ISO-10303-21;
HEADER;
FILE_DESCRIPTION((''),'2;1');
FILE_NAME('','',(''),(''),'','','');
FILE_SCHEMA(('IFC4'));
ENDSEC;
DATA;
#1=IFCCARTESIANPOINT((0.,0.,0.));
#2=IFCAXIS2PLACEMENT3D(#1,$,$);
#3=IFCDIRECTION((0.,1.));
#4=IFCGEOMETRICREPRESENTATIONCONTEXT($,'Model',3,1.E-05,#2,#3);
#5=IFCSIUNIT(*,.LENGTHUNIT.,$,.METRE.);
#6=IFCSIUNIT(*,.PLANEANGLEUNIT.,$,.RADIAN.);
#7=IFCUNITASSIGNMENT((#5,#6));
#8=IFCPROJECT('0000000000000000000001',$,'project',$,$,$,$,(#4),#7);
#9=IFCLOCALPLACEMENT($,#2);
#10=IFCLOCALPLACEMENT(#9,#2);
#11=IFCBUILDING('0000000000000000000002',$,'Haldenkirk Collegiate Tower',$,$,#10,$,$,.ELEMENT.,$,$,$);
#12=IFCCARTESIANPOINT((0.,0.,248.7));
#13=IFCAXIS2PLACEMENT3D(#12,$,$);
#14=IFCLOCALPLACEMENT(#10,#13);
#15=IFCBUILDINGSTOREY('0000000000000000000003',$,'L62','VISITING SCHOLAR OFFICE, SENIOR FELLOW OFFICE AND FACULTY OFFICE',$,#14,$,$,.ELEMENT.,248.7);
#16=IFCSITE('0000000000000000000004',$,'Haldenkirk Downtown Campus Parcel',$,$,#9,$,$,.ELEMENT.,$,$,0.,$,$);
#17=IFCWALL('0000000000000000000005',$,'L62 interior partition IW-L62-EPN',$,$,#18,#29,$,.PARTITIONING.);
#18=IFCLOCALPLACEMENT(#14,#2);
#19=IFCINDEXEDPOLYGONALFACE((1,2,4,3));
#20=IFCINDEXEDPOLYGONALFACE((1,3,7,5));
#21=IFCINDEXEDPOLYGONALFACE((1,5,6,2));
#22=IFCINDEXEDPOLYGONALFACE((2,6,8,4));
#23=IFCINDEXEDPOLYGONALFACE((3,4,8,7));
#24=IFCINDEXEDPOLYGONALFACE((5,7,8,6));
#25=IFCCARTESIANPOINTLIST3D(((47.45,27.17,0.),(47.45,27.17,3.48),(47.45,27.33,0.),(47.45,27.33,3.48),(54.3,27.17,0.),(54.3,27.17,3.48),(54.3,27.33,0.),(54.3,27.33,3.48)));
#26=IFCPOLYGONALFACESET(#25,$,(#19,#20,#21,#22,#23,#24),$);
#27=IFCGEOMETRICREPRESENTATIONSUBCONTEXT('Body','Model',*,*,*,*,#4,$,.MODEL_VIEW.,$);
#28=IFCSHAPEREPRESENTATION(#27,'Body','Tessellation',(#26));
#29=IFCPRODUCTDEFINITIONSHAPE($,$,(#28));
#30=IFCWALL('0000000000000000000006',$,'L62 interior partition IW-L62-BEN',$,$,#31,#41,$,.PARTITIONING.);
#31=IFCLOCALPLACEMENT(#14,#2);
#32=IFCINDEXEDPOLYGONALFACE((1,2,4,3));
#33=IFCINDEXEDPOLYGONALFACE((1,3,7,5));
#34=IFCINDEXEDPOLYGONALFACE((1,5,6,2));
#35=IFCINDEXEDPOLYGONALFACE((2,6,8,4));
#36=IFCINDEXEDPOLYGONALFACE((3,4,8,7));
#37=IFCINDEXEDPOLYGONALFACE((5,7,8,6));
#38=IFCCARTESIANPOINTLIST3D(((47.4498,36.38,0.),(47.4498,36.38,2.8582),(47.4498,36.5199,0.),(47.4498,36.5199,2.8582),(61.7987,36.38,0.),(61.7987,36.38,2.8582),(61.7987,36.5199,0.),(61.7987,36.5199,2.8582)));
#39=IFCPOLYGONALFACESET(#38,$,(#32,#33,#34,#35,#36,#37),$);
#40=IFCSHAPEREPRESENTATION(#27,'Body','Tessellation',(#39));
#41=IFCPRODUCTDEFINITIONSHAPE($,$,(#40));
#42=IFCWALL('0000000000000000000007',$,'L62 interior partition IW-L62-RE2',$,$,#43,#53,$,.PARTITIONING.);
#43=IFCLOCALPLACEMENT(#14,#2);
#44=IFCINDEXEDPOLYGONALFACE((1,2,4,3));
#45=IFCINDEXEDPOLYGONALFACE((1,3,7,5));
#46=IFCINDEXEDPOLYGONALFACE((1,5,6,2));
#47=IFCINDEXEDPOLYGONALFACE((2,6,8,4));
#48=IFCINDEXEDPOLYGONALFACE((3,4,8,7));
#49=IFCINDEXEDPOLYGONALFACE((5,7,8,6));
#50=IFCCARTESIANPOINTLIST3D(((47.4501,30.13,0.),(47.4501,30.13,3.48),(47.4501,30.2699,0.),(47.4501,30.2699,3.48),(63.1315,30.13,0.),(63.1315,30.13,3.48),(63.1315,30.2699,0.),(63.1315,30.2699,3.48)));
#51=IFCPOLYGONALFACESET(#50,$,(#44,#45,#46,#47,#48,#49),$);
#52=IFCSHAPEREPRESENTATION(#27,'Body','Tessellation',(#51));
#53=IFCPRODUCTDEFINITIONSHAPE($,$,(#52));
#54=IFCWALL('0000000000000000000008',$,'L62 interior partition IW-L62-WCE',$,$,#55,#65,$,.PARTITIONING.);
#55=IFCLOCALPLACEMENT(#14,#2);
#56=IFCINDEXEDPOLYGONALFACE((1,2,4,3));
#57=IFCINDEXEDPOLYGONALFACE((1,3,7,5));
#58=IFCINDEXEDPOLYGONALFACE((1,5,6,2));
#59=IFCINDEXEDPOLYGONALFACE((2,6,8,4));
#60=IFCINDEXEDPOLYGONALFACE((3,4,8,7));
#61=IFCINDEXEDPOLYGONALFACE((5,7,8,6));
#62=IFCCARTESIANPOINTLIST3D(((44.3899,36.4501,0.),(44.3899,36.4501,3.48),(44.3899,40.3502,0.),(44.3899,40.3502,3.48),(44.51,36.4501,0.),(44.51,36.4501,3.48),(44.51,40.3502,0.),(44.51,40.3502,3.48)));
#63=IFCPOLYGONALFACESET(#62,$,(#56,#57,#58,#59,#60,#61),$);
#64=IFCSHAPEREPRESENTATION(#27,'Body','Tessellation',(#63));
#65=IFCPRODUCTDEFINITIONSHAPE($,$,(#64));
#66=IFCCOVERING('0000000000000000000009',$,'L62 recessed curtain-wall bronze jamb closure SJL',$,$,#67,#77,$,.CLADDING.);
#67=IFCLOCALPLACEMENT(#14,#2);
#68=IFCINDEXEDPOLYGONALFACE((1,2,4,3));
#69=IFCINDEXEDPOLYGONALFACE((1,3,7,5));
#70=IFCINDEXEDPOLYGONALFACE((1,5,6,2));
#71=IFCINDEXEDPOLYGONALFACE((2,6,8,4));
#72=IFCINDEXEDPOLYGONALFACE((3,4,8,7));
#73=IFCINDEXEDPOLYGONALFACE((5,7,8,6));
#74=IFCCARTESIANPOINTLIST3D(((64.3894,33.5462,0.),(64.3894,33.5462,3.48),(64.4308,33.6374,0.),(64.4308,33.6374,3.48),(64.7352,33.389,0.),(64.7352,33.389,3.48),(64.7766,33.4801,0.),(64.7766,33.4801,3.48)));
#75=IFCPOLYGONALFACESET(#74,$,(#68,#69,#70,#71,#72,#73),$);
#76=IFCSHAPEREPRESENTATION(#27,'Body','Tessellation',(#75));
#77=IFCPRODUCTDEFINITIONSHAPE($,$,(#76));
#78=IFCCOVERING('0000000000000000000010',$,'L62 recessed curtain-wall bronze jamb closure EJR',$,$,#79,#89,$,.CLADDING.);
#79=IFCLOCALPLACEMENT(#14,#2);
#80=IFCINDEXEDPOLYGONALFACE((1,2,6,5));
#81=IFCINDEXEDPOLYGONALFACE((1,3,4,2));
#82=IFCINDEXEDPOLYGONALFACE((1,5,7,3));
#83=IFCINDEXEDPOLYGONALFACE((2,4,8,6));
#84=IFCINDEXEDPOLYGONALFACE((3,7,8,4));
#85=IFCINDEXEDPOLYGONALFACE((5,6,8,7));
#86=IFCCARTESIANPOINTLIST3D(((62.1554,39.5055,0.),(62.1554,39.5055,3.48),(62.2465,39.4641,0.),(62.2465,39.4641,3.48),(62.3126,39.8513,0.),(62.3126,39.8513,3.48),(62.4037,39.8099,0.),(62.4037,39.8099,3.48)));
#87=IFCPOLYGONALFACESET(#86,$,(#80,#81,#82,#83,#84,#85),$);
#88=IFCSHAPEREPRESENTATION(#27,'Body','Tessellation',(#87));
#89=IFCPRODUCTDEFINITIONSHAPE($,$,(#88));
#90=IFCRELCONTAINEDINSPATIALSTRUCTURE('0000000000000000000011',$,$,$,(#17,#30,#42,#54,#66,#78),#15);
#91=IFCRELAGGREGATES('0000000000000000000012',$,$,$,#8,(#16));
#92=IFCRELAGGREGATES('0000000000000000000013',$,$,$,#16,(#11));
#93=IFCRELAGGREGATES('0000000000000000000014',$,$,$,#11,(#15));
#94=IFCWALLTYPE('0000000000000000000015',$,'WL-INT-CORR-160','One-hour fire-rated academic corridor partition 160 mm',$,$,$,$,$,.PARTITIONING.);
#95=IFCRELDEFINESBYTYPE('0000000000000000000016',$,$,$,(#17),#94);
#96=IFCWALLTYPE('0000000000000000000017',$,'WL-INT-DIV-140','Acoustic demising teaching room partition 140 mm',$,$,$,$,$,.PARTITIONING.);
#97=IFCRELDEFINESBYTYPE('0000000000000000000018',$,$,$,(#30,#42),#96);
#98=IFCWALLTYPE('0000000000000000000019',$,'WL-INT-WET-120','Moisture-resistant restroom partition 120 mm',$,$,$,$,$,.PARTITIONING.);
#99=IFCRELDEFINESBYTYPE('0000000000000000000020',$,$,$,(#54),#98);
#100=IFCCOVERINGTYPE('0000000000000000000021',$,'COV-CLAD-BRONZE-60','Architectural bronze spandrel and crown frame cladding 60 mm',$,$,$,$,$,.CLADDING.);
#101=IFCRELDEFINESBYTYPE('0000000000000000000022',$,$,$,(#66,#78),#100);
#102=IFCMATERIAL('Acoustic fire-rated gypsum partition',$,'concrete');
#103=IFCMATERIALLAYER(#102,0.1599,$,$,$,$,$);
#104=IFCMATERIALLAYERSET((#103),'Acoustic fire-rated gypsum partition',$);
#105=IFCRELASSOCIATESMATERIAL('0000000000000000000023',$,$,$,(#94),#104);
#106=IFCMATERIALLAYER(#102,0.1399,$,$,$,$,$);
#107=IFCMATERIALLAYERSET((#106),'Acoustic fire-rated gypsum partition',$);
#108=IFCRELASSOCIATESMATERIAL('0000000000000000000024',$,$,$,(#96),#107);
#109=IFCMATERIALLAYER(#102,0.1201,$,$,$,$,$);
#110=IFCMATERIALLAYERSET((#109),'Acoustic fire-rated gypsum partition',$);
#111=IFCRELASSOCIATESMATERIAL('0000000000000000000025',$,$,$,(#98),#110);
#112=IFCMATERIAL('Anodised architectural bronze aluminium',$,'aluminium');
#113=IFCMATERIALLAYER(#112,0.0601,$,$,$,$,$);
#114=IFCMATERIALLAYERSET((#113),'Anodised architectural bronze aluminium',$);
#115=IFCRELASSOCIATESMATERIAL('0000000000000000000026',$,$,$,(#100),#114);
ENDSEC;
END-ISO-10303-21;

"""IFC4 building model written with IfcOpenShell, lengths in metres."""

from ifc_helpers import new_model, si_unit, direction, frame, frame_2d, origin, origin_2d, place, context, subcontext, project, spatial, rectangle, extrude, source, transform, mapped, material, layer, layer_set, type_object, element, save


model = new_model("IFC4")

# Units and contexts
model_context = context("Model", 3, precision=1e-05, world=origin(), true_north=direction((0.0, 1.0)))
body_context = subcontext(model_context, "Body", "Model", "MODEL_VIEW")
ifc_project = project(units=[si_unit("LENGTHUNIT", "METRE"), si_unit("PLANEANGLEUNIT", "RADIAN")], contexts=[model_context])

# Site, building, storey
site_placement = place(None, origin())
site = spatial("IfcSite", under=ifc_project, at=site_placement, Name="Haldenkirk Downtown Campus Parcel", CompositionType="ELEMENT", RefElevation=0.0)
building_placement = place(site_placement, origin())
building = spatial("IfcBuilding", under=site, at=building_placement, Name="Haldenkirk Collegiate Tower", CompositionType="ELEMENT")
storey_placement = place(building_placement, frame((0.0, 0.0, 248.7)))
storey = spatial("IfcBuildingStorey", under=building, at=storey_placement, Name="L62", Description="VISITING SCHOLAR OFFICE, SENIOR FELLOW OFFICE AND FACULTY OFFICE", CompositionType="ELEMENT", Elevation=248.7)

# Shared definitions
ifc_material_1 = material(Name="Anodised architectural bronze aluminium", Category="aluminium")

# Shared definitions
ifc_material_2 = material(Name="Acoustic fire-rated gypsum partition", Category="concrete")
ifc_layer_1 = layer(ifc_material_2, 0.1599)
ifc_layer_set_1 = layer_set([ifc_layer_1], Name="Acoustic fire-rated gypsum partition")
wall_type_1 = type_object("IfcWallType", Name="WL-INT-CORR-160", Description="One-hour fire-rated academic corridor partition 160 mm", PredefinedType="PARTITIONING", material=ifc_layer_set_1)

# Walls
wall_1_placement = place(storey_placement, frame((47.45, 27.25, 0.0), z_axis=(0.0, 0.0, 1.0), x_axis=(1.0, 0.0, 0.0)))
element("IfcWall", 1, at=wall_1_placement, inside=storey, type_object=wall_type_1, Name="L62 interior partition IW-L62-EPN", PredefinedType="PARTITIONING", context=body_context, shape_type="SweptSolid", body=[
    extrude(rectangle(XDim=6.8501, YDim=0.1599, at=frame_2d((3.425, 0.0))), origin(), (0.0, 0.0, 1.0), 3.48),
])
ifc_layer_2 = layer(ifc_material_2, 0.1399)
ifc_layer_set_2 = layer_set([ifc_layer_2], Name="Acoustic fire-rated gypsum partition")
wall_type_2 = type_object("IfcWallType", Name="WL-INT-DIV-140", Description="Acoustic demising teaching room partition 140 mm", PredefinedType="PARTITIONING", material=ifc_layer_set_2)
wall_2_placement = place(storey_placement, frame((47.45, 36.45, 0.0), z_axis=(0.0, 0.0, 1.0), x_axis=(1.0, 0.0, 0.0)))
element("IfcWall", 2, at=wall_2_placement, inside=storey, type_object=wall_type_2, Name="L62 interior partition IW-L62-BEN", PredefinedType="PARTITIONING", context=body_context, shape_type="SweptSolid", body=[
    extrude(rectangle(XDim=14.3489, YDim=0.1399, at=frame_2d((7.1743, 0.0))), origin(), (0.0, 0.0, 1.0), 2.8582),
])
wall_3_placement = place(storey_placement, frame((47.45, 30.2, 0.0), z_axis=(0.0, 0.0, 1.0), x_axis=(1.0, 0.0, 0.0)))
element("IfcWall", 3, at=wall_3_placement, inside=storey, type_object=wall_type_2, Name="L62 interior partition IW-L62-RE2", PredefinedType="PARTITIONING", context=body_context, shape_type="SweptSolid", body=[
    extrude(rectangle(XDim=15.6814, YDim=0.1399, at=frame_2d((7.8408, 0.0))), origin(), (0.0, 0.0, 1.0), 3.48),
])
ifc_layer_3 = layer(ifc_material_2, 0.1201)
ifc_layer_set_3 = layer_set([ifc_layer_3], Name="Acoustic fire-rated gypsum partition")
wall_type_3 = type_object("IfcWallType", Name="WL-INT-WET-120", Description="Moisture-resistant restroom partition 120 mm", PredefinedType="PARTITIONING", material=ifc_layer_set_3)
wall_4_placement = place(storey_placement, frame((44.45, 36.45, 0.0), z_axis=(0.0, 0.0, 1.0), x_axis=(0.0, 1.0, 0.0)))
element("IfcWall", 4, at=wall_4_placement, inside=storey, type_object=wall_type_3, Name="L62 interior partition IW-L62-WCE", PredefinedType="PARTITIONING", context=body_context, shape_type="SweptSolid", body=[
    extrude(rectangle(XDim=3.9001, YDim=0.1201, at=frame_2d((1.9502, 0.0))), origin(), (0.0, 0.0, 1.0), 3.48),
])

# Coverings
ifc_layer_4 = layer(ifc_material_1, 0.0601)
ifc_layer_set_4 = layer_set([ifc_layer_4], Name="Anodised architectural bronze aluminium")
covering_type = type_object("IfcCoveringType", Name="COV-CLAD-BRONZE-60", Description="Architectural bronze spandrel and crown frame cladding 60 mm", PredefinedType="CLADDING", material=ifc_layer_set_4)
shared_shape_1 = source(origin(), body_context, "Body", "SweptSolid", [
    extrude(rectangle(XDim=0.1001, YDim=0.3799, at=origin_2d()), origin(), (0.0, 0.0, 1.0), 3.48),
])
for number, where, z_axis, x_axis, name in (
    (5, (64.583, 33.5132, 0.0), (0.0, 0.0, 1.0), (-0.413899, -0.910323, 0.0), "L62 recessed curtain-wall bronze jamb closure SJL"),
    (6, (62.2795, 39.6577, 0.0), (0.0, 0.0, 1.0), (0.910323, -0.413899, 0.0), "L62 recessed curtain-wall bronze jamb closure EJR"),
):
    element("IfcCovering", number, at=place(storey_placement, frame(where, z_axis=z_axis, x_axis=x_axis)), inside=storey, type_object=covering_type, Name=name, PredefinedType="CLADDING", context=body_context, shape_type="MappedRepresentation", body=[
        mapped(shared_shape_1, transform((0.0, 0.0, 0.0), x_axis=(1.0, 0.0, 0.0), y_axis=(0.0, 1.0, 0.0), z_axis=(0.0, 0.0, 1.0), scale=1.0)),
    ])

save(model, "model.ifc")
